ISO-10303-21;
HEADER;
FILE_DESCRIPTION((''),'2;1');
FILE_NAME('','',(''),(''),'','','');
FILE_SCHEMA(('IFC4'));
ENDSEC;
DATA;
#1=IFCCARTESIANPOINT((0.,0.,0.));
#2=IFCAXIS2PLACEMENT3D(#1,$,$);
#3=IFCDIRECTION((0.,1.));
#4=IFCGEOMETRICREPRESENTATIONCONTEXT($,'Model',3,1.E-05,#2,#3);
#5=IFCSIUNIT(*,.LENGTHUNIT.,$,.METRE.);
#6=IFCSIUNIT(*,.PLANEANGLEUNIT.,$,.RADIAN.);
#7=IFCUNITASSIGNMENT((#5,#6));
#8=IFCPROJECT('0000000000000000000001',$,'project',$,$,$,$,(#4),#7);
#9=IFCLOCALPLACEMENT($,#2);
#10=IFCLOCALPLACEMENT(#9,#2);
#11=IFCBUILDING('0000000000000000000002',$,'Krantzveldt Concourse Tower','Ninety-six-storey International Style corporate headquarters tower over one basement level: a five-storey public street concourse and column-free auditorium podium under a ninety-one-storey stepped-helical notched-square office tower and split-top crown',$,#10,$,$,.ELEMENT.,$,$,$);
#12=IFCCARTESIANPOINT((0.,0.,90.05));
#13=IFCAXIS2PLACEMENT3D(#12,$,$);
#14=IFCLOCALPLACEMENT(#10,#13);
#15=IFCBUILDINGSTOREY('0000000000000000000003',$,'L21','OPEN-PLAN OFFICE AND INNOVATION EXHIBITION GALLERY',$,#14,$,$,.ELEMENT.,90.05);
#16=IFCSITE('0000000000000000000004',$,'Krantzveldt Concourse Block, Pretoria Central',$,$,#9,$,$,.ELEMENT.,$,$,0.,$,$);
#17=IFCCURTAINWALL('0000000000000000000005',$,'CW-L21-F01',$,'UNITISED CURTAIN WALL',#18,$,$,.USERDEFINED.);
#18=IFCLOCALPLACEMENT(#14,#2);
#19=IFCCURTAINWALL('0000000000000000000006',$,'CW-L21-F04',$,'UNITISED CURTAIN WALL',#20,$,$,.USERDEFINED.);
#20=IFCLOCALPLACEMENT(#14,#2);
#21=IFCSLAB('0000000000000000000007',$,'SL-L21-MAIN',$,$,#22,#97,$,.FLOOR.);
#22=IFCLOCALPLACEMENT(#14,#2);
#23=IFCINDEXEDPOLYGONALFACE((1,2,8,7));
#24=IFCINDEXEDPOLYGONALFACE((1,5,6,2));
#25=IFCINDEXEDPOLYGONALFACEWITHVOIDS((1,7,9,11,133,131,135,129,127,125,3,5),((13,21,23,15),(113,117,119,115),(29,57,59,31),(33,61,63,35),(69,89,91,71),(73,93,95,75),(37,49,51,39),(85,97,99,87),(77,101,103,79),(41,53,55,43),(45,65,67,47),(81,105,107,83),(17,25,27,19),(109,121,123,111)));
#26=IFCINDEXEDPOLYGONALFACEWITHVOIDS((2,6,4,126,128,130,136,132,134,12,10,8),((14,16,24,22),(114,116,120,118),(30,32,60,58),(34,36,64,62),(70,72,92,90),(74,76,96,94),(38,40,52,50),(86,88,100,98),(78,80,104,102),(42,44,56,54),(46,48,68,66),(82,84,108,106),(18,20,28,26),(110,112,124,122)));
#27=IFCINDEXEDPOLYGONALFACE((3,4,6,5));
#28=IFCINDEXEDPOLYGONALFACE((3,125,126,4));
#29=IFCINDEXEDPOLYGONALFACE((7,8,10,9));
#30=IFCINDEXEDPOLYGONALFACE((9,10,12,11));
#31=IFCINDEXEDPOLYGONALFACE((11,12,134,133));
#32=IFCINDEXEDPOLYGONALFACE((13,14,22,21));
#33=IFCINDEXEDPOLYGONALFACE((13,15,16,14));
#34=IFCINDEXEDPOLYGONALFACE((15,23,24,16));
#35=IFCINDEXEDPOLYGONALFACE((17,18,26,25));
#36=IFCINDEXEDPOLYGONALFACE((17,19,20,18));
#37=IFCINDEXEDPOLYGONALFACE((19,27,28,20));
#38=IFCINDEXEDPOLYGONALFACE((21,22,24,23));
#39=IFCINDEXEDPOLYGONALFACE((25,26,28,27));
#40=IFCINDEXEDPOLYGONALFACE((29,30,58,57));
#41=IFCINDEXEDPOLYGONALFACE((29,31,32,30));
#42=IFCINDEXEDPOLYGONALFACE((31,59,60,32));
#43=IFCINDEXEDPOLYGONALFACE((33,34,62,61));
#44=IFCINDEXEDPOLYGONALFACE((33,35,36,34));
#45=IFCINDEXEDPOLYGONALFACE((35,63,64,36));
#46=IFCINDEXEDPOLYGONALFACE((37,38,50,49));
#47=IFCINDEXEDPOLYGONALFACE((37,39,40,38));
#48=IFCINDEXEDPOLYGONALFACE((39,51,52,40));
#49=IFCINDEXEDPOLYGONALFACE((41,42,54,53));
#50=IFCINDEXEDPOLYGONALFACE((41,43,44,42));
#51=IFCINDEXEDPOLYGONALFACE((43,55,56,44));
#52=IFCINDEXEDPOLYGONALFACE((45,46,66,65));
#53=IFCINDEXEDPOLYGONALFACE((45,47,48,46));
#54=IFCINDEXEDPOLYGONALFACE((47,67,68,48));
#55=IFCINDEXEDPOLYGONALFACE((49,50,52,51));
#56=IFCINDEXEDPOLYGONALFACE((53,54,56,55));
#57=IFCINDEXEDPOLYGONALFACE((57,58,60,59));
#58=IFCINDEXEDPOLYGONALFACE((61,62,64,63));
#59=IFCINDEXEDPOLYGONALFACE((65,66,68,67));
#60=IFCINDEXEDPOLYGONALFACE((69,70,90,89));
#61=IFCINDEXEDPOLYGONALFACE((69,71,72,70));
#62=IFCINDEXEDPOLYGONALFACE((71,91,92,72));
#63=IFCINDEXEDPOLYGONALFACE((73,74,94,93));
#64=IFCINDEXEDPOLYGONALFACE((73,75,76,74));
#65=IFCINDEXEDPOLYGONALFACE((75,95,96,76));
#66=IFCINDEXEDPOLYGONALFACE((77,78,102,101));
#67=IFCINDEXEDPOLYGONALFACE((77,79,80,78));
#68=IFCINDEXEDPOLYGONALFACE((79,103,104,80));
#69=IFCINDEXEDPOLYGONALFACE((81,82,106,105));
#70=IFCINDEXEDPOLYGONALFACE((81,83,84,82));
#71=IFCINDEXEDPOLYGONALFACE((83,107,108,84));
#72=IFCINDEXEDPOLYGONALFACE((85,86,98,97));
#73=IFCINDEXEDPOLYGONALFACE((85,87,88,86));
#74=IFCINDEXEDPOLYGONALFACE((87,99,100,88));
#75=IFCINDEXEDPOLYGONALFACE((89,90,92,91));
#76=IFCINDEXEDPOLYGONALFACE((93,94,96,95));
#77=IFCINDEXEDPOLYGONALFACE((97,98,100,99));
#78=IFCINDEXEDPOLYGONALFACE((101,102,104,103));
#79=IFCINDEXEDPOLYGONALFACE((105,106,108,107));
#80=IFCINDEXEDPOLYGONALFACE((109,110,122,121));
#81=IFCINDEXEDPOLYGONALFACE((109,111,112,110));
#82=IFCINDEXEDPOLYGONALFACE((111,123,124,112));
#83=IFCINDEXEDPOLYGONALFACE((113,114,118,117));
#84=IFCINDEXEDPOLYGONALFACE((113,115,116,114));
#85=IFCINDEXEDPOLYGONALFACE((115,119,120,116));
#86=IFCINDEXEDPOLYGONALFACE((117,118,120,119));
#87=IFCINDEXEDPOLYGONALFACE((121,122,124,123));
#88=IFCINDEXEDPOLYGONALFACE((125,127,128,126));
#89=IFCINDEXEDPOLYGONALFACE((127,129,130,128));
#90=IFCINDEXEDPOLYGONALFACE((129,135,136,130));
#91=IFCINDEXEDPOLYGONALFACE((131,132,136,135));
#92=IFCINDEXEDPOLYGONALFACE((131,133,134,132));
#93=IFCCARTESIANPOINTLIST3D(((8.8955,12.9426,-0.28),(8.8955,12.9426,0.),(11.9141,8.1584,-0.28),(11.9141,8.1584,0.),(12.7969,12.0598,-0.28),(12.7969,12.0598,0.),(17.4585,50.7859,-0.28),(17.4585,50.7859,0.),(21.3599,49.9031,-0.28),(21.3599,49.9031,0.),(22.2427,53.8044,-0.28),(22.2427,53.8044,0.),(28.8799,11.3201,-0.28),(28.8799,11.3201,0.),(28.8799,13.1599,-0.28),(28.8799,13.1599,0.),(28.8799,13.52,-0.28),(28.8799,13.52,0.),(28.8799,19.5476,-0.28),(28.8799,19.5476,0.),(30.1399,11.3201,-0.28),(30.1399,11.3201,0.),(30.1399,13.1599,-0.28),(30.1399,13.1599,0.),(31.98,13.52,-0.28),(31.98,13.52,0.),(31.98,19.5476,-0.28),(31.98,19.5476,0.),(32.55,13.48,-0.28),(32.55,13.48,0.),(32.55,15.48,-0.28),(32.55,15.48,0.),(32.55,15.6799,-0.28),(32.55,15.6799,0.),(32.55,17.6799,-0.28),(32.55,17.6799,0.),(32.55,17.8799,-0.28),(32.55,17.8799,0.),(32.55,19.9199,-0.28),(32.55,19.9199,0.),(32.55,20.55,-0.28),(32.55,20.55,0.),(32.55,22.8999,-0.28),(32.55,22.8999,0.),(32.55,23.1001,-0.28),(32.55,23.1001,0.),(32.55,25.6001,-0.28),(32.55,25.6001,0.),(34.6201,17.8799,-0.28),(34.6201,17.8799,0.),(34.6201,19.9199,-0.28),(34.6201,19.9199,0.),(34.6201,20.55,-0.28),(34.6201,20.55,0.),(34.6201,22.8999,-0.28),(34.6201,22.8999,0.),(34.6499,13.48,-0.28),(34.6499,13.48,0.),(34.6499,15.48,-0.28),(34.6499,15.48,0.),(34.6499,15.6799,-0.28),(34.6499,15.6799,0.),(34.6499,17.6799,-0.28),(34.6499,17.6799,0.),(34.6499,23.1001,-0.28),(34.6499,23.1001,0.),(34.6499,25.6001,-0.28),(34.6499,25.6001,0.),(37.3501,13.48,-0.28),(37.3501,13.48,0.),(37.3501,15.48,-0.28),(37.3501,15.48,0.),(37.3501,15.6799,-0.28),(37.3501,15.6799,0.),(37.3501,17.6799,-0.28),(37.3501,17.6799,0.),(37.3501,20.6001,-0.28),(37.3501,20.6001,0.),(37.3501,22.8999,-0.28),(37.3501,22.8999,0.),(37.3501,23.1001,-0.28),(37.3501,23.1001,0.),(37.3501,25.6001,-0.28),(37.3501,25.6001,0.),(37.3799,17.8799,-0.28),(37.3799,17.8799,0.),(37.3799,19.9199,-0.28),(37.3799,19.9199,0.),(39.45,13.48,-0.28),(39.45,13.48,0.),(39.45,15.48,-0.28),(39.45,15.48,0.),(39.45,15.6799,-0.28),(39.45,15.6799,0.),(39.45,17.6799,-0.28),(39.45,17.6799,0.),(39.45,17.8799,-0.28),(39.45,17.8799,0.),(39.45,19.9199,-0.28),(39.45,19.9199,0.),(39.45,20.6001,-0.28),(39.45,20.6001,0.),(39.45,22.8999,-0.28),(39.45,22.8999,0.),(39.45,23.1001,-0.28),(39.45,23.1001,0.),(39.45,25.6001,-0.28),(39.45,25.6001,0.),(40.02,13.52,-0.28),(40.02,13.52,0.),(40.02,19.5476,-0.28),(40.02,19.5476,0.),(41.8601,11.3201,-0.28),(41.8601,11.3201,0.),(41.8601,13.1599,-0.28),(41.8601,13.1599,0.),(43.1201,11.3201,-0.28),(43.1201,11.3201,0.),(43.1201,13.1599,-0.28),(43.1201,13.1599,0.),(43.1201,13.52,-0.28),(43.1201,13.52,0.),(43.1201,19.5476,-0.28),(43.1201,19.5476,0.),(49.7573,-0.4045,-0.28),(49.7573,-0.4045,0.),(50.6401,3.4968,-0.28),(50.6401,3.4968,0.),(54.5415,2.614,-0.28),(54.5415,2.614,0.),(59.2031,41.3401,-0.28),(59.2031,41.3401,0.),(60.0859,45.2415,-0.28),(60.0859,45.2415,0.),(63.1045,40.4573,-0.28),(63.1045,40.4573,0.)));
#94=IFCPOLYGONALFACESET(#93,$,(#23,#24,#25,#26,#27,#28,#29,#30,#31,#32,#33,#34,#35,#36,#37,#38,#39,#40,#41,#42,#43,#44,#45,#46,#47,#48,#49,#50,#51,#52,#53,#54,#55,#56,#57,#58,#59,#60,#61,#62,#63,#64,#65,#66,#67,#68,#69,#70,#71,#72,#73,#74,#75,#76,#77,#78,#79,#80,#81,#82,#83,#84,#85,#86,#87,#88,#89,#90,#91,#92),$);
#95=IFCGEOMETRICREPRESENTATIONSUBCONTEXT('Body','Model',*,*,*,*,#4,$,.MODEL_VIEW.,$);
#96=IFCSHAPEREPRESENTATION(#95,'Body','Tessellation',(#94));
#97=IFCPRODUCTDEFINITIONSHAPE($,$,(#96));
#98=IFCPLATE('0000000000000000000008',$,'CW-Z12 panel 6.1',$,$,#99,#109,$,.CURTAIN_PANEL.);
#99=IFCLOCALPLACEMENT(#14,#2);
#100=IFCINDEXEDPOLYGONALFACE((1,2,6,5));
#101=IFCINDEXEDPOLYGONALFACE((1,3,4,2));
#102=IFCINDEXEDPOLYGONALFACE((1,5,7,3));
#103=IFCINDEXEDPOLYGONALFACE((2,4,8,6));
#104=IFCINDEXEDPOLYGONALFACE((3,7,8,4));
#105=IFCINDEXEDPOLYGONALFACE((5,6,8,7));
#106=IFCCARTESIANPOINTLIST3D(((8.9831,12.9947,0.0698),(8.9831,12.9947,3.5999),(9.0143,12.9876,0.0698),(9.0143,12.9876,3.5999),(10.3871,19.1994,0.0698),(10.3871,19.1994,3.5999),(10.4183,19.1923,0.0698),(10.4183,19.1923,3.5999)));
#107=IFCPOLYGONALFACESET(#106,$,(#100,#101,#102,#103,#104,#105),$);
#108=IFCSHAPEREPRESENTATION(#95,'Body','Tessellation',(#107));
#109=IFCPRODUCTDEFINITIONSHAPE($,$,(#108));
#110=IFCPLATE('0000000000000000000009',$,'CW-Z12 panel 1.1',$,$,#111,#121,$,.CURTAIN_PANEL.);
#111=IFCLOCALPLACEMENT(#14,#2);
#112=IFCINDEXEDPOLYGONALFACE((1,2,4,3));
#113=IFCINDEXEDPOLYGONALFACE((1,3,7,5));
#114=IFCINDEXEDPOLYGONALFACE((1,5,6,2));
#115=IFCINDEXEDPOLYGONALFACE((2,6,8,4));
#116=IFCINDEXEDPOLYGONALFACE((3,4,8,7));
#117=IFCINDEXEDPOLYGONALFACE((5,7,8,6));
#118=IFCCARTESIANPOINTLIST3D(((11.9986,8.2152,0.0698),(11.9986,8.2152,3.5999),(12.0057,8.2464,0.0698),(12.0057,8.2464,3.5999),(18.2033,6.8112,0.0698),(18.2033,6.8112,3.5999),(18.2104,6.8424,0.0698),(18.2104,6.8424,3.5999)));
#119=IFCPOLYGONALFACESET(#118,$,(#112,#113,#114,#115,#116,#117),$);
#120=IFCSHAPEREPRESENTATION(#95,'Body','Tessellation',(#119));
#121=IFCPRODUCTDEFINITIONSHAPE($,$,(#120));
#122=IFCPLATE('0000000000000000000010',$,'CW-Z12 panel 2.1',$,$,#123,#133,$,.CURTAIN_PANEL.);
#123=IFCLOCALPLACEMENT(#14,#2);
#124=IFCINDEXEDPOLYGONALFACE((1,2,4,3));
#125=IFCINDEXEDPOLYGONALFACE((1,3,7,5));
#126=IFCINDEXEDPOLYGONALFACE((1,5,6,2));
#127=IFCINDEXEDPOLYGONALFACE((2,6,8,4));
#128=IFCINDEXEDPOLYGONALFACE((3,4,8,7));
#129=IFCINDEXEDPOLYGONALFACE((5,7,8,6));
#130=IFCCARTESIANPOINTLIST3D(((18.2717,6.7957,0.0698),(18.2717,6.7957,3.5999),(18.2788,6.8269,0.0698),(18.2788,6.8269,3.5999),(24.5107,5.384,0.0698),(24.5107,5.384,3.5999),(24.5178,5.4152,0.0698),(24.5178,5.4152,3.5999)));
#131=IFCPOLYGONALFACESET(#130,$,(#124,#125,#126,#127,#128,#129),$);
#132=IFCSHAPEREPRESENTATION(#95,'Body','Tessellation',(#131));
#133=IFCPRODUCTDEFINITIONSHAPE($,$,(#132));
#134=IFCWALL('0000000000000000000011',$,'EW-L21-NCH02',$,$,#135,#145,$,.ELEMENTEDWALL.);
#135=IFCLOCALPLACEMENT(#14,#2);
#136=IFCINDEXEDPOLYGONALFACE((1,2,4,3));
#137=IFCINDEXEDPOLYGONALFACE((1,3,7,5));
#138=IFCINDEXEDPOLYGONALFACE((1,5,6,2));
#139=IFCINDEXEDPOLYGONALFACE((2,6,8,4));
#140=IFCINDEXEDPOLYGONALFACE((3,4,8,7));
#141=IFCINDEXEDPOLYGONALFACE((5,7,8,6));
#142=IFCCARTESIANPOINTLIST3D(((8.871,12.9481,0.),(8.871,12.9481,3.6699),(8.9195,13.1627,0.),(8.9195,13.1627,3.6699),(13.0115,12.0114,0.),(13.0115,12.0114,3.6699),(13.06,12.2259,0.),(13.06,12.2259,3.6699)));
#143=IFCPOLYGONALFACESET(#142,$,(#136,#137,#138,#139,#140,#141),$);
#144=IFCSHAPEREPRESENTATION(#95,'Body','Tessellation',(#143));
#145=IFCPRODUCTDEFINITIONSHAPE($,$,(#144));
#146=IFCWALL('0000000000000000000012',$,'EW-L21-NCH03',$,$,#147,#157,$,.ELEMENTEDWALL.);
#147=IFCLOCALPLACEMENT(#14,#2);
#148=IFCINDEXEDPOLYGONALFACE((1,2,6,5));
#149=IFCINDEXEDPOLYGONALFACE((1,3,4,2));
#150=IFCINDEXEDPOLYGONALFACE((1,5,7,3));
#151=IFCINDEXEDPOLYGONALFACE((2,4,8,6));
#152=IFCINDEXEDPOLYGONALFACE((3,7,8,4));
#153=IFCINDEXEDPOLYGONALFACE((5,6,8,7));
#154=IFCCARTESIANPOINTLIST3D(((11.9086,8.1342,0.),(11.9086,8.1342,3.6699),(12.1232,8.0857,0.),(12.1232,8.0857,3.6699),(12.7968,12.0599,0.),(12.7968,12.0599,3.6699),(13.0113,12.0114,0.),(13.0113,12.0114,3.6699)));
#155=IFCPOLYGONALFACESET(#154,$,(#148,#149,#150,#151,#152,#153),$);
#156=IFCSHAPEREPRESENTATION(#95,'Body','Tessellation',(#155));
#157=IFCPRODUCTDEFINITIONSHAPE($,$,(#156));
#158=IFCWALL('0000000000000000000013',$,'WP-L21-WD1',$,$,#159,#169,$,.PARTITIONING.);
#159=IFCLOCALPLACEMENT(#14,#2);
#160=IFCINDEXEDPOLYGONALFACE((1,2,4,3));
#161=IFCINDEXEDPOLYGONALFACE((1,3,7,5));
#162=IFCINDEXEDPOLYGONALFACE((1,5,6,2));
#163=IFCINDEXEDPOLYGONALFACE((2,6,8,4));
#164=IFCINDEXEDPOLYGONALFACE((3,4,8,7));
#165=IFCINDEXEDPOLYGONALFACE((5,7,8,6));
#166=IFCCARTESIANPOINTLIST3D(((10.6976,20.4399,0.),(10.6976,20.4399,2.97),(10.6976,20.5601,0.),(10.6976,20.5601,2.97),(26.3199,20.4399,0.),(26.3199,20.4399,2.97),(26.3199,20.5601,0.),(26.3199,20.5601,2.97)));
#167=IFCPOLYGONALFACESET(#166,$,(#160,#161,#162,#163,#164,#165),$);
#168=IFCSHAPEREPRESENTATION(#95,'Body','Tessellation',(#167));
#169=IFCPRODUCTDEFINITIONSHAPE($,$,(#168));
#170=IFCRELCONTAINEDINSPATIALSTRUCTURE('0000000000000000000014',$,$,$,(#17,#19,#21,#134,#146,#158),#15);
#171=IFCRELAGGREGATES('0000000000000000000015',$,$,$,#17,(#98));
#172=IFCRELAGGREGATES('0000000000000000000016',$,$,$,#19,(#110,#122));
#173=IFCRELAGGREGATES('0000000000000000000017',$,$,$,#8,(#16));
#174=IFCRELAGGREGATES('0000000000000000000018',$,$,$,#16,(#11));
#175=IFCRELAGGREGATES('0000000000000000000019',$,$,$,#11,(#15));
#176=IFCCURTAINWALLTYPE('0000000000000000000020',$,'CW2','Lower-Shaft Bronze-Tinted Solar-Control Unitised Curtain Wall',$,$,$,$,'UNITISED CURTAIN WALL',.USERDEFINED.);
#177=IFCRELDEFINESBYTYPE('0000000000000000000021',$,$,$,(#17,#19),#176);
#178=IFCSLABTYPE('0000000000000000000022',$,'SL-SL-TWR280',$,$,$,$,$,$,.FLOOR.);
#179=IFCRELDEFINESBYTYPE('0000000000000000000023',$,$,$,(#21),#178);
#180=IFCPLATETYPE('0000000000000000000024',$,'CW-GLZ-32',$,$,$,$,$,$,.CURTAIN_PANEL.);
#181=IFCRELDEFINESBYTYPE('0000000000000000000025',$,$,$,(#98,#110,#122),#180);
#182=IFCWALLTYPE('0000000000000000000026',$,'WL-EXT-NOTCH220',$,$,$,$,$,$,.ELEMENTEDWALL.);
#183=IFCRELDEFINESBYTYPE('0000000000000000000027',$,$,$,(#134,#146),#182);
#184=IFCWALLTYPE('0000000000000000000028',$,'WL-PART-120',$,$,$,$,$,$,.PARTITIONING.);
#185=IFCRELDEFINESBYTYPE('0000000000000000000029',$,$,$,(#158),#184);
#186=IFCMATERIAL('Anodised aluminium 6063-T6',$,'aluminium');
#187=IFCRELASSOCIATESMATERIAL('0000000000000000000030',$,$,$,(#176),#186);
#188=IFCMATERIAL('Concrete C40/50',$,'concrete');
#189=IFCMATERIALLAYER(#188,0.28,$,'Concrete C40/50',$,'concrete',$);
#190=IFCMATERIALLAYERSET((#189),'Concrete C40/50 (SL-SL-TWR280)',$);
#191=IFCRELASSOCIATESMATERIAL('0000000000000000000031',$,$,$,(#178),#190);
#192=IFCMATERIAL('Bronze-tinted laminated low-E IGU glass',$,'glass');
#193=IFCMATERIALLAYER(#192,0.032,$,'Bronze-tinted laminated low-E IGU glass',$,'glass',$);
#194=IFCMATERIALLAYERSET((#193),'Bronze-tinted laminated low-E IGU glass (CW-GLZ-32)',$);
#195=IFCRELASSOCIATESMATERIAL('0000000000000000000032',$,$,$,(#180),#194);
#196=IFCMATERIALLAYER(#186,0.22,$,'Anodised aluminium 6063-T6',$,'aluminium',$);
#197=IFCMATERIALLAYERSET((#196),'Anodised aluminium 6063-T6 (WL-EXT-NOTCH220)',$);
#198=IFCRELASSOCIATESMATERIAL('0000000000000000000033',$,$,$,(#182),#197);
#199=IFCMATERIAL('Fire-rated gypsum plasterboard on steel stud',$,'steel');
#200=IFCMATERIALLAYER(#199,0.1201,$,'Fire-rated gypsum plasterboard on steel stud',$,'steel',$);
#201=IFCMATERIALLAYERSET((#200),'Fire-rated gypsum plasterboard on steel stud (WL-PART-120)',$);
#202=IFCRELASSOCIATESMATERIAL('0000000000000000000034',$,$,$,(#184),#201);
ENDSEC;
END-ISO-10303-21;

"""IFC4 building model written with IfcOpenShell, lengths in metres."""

from ifc_helpers import new_model, si_unit, direction, frame, frame_2d, origin, origin_2d, place, context, subcontext, project, spatial, polyline, rectangle, outline, extrude, source, transform, mapped, material, layer, layer_set, type_object, type_shapes, element, aggregate, save


model = new_model("IFC4")

# Units and contexts
model_context = context("Model", 3, precision=1e-05, world=origin(), true_north=direction((0.0, 1.0)))
body_context = subcontext(model_context, "Body", "Model", "MODEL_VIEW")
ifc_project = project(units=[si_unit("LENGTHUNIT", "METRE"), si_unit("PLANEANGLEUNIT", "RADIAN")], contexts=[model_context])

# Site, building, storey
site_placement = place(None, origin())
site = spatial("IfcSite", under=ifc_project, at=site_placement, Name="Krantzveldt Concourse Block, Pretoria Central", CompositionType="ELEMENT", RefElevation=0.0)
building_placement = place(site_placement, origin())
building = spatial("IfcBuilding", under=site, at=building_placement, Name="Krantzveldt Concourse Tower", Description="Ninety-six-storey International Style corporate headquarters tower over one basement level: a five-storey public street concourse and column-free auditorium podium under a ninety-one-storey stepped-helical notched-square office tower and split-top crown", CompositionType="ELEMENT")
storey_placement = place(building_placement, frame((0.0, 0.0, 90.05)))
storey = spatial("IfcBuildingStorey", under=building, at=storey_placement, Name="L21", Description="OPEN-PLAN OFFICE AND INNOVATION EXHIBITION GALLERY", CompositionType="ELEMENT", Elevation=90.05)

# Curtain walls
ifc_material_1 = material(Name="Anodised aluminium 6063-T6", Category="aluminium")
curtain_wall_type = type_object("IfcCurtainWallType", Name="CW2", Description="Lower-Shaft Bronze-Tinted Solar-Control Unitised Curtain Wall", ElementType="UNITISED CURTAIN WALL", PredefinedType="USERDEFINED", material=ifc_material_1)
curtain_wall_1_placement = place(storey_placement, origin())
curtain_wall_1 = element("IfcCurtainWall", 1, at=curtain_wall_1_placement, inside=storey, type_object=curtain_wall_type, Name="CW-L21-F01", ObjectType="UNITISED CURTAIN WALL", PredefinedType="USERDEFINED")
curtain_wall_2_placement = place(storey_placement, origin())
curtain_wall_2 = element("IfcCurtainWall", 2, at=curtain_wall_2_placement, inside=storey, type_object=curtain_wall_type, Name="CW-L21-F04", ObjectType="UNITISED CURTAIN WALL", PredefinedType="USERDEFINED")

# Slab
ifc_material_2 = material(Name="Concrete C40/50", Category="concrete")
ifc_layer_1 = layer(ifc_material_2, 0.28, Name="Concrete C40/50", Category="concrete")
ifc_layer_set_1 = layer_set([ifc_layer_1], Name="Concrete C40/50 (SL-SL-TWR280)")
slab_type_1 = type_object("IfcSlabType", Name="SL-SL-TWR280", PredefinedType="FLOOR", material=ifc_layer_set_1)
slab_1_placement = place(storey_placement, frame((0.0, 0.0, -0.28)))
element("IfcSlab", 3, at=slab_1_placement, inside=storey, type_object=slab_type_1, Name="SL-L21-MAIN", PredefinedType="FLOOR", context=body_context, shape_type="SweptSolid", body=[
    extrude(outline(polyline([(21.3599, 49.9031), (17.4585, 50.7859), (8.8955, 12.9426), (12.7969, 12.0598), (11.9141, 8.1584), (49.7573, -0.4045), (50.6401, 3.4968), (54.5415, 2.614), (63.1045, 40.4573), (59.2031, 41.3401), (60.0859, 45.2415), (22.2427, 53.8044), (21.3599, 49.9031)]), holes=[polyline([(28.8799, 19.5476), (28.8799, 13.52), (31.98, 13.52), (31.98, 19.5476), (28.8799, 19.5476)]), polyline([(40.02, 19.5476), (40.02, 13.52), (43.1201, 13.52), (43.1201, 19.5476), (40.02, 19.5476)]), polyline([(32.55, 23.1001), (34.6499, 23.1001), (34.6499, 25.6001), (32.55, 25.6001), (32.55, 23.1001)]), polyline([(37.3501, 23.1001), (39.45, 23.1001), (39.45, 25.6001), (37.3501, 25.6001), (37.3501, 23.1001)]), polyline([(37.3501, 20.6001), (39.45, 20.6001), (39.45, 22.8999), (37.3501, 22.8999), (37.3501, 20.6001)]), polyline([(32.55, 13.48), (34.6499, 13.48), (34.6499, 15.48), (32.55, 15.48), (32.55, 13.48)]), polyline([(32.55, 15.6799), (34.6499, 15.6799), (34.6499, 17.6799), (32.55, 17.6799), (32.55, 15.6799)]), polyline([(37.3501, 13.48), (39.45, 13.48), (39.45, 15.48), (37.3501, 15.48), (37.3501, 13.48)]), polyline([(37.3501, 15.6799), (39.45, 15.6799), (39.45, 17.6799), (37.3501, 17.6799), (37.3501, 15.6799)]), polyline([(32.55, 20.55), (34.6201, 20.55), (34.6201, 22.8999), (32.55, 22.8999), (32.55, 20.55)]), polyline([(32.55, 17.8799), (34.6201, 17.8799), (34.6201, 19.9199), (32.55, 19.9199), (32.55, 17.8799)]), polyline([(37.3799, 17.8799), (39.45, 17.8799), (39.45, 19.9199), (37.3799, 19.9199), (37.3799, 17.8799)]), polyline([(28.8799, 11.3201), (30.1399, 11.3201), (30.1399, 13.1599), (28.8799, 13.1599), (28.8799, 11.3201)]), polyline([(41.8601, 11.3201), (43.1201, 11.3201), (43.1201, 13.1599), (41.8601, 13.1599), (41.8601, 11.3201)])]), origin(), (0.0, 0.0, 1.0), 0.28),
])

# Plates
ifc_material_3 = material(Name="Bronze-tinted laminated low-E IGU glass", Category="glass")
ifc_layer_2 = layer(ifc_material_3, 0.032, Name="Bronze-tinted laminated low-E IGU glass", Category="glass")
ifc_layer_set_2 = layer_set([ifc_layer_2], Name="Bronze-tinted laminated low-E IGU glass (CW-GLZ-32)")
plate_type = type_object("IfcPlateType", Name="CW-GLZ-32", PredefinedType="CURTAIN_PANEL", material=ifc_layer_set_2)
shared_shape_1 = source(origin(), body_context, "Body", "SweptSolid", [
    extrude(rectangle(XDim=6.3616, YDim=0.032, at=origin_2d()), origin(), (0.0, 0.0, 1.0), 3.53),
])
plate_1_placement = place(storey_placement, frame((9.7007, 16.0935, 0.0698), z_axis=(0.0, 0.0, 1.0), x_axis=(-0.220697, -0.975342, 0.0)))
plate_1 = element("IfcPlate", 4, at=plate_1_placement, type_object=plate_type, Name="CW-Z12 panel 6.1", PredefinedType="CURTAIN_PANEL", context=body_context, shape_type="MappedRepresentation", body=[
    mapped(shared_shape_1, transform((0.0, 0.0, 0.0), x_axis=(1.0, 0.0, 0.0), y_axis=(0.0, 1.0, 0.0), z_axis=(0.0, 0.0, 1.0), scale=1.0)),
])
aggregate(curtain_wall_1, [plate_1])
plate_2_placement = place(storey_placement, frame((15.1045, 7.5288, 0.0698), z_axis=(0.0, 0.0, 1.0), x_axis=(0.975342, -0.220697, 0.0)))
plate_2 = element("IfcPlate", 5, at=plate_2_placement, type_object=plate_type, Name="CW-Z12 panel 1.1", PredefinedType="CURTAIN_PANEL", context=body_context, shape_type="MappedRepresentation", body=[
    mapped(shared_shape_1, transform((0.0, 0.0, 0.0), x_axis=(1.0, 0.0, 0.0), y_axis=(0.0, 1.0, 0.0), z_axis=(0.0, 0.0, 1.0), scale=1.0)),
])
shared_shape_2 = source(origin(), body_context, "Body", "SweptSolid", [
    extrude(rectangle(XDim=6.3967, YDim=0.032, at=origin_2d()), origin(), (0.0, 0.0, 1.0), 3.53),
])
type_shapes(plate_type, [shared_shape_1, shared_shape_2])
plate_3_placement = place(storey_placement, frame((21.3948, 6.1055, 0.0698), z_axis=(0.0, 0.0, 1.0), x_axis=(0.975342, -0.220697, 0.0)))
plate_3 = element("IfcPlate", 6, at=plate_3_placement, type_object=plate_type, Name="CW-Z12 panel 2.1", PredefinedType="CURTAIN_PANEL", context=body_context, shape_type="MappedRepresentation", body=[
    mapped(shared_shape_2, transform((0.0, 0.0, 0.0), x_axis=(1.0, 0.0, 0.0), y_axis=(0.0, 1.0, 0.0), z_axis=(0.0, 0.0, 1.0), scale=1.0)),
])
aggregate(curtain_wall_2, [plate_2, plate_3])

# Walls
ifc_layer_3 = layer(ifc_material_1, 0.22, Name="Anodised aluminium 6063-T6", Category="aluminium")
ifc_layer_set_3 = layer_set([ifc_layer_3], Name="Anodised aluminium 6063-T6 (WL-EXT-NOTCH220)")
wall_type_1 = type_object("IfcWallType", Name="WL-EXT-NOTCH220", PredefinedType="ELEMENTEDWALL", material=ifc_layer_set_3)
wall_1_placement = place(storey_placement, frame((8.8953, 13.0554, 0.0), z_axis=(0.0, 0.0, 1.0), x_axis=(0.975348, -0.220674, 0.0)))
element("IfcWall", 7, at=wall_1_placement, inside=storey, type_object=wall_type_1, Name="EW-L21-NCH02", PredefinedType="ELEMENTEDWALL", context=body_context, shape_type="SweptSolid", body=[
    extrude(rectangle(XDim=4.2451, YDim=0.22, at=frame_2d((2.1226, 0.0))), origin(), (0.0, 0.0, 1.0), 3.6699),
])
wall_2_placement = place(storey_placement, frame((12.9041, 12.0356, 0.0), z_axis=(0.0, 0.0, 1.0), x_axis=(-0.220667, -0.975349, 0.0)))
element("IfcWall", 8, at=wall_2_placement, inside=storey, type_object=wall_type_1, Name="EW-L21-NCH03", PredefinedType="ELEMENTEDWALL", context=body_context, shape_type="SweptSolid", body=[
    extrude(rectangle(XDim=4.0249, YDim=0.22, at=frame_2d((2.0125, 0.0))), origin(), (0.0, 0.0, 1.0), 3.6699),
])
ifc_material_4 = material(Name="Fire-rated gypsum plasterboard on steel stud", Category="steel")
ifc_layer_4 = layer(ifc_material_4, 0.1201, Name="Fire-rated gypsum plasterboard on steel stud", Category="steel")
ifc_layer_set_4 = layer_set([ifc_layer_4], Name="Fire-rated gypsum plasterboard on steel stud (WL-PART-120)")
wall_type_2 = type_object("IfcWallType", Name="WL-PART-120", PredefinedType="PARTITIONING", material=ifc_layer_set_4)
wall_3_placement = place(storey_placement, frame((10.6978, 20.5, 0.0), z_axis=(0.0, 0.0, 1.0), x_axis=(1.0, 0.0, 0.0)))
element("IfcWall", 9, at=wall_3_placement, inside=storey, type_object=wall_type_2, Name="WP-L21-WD1", PredefinedType="PARTITIONING", context=body_context, shape_type="SweptSolid", body=[
    extrude(rectangle(XDim=15.6223, YDim=0.1201, at=frame_2d((7.811, 0.0))), origin(), (0.0, 0.0, 1.0), 2.97),
])

save(model, "model.ifc")
